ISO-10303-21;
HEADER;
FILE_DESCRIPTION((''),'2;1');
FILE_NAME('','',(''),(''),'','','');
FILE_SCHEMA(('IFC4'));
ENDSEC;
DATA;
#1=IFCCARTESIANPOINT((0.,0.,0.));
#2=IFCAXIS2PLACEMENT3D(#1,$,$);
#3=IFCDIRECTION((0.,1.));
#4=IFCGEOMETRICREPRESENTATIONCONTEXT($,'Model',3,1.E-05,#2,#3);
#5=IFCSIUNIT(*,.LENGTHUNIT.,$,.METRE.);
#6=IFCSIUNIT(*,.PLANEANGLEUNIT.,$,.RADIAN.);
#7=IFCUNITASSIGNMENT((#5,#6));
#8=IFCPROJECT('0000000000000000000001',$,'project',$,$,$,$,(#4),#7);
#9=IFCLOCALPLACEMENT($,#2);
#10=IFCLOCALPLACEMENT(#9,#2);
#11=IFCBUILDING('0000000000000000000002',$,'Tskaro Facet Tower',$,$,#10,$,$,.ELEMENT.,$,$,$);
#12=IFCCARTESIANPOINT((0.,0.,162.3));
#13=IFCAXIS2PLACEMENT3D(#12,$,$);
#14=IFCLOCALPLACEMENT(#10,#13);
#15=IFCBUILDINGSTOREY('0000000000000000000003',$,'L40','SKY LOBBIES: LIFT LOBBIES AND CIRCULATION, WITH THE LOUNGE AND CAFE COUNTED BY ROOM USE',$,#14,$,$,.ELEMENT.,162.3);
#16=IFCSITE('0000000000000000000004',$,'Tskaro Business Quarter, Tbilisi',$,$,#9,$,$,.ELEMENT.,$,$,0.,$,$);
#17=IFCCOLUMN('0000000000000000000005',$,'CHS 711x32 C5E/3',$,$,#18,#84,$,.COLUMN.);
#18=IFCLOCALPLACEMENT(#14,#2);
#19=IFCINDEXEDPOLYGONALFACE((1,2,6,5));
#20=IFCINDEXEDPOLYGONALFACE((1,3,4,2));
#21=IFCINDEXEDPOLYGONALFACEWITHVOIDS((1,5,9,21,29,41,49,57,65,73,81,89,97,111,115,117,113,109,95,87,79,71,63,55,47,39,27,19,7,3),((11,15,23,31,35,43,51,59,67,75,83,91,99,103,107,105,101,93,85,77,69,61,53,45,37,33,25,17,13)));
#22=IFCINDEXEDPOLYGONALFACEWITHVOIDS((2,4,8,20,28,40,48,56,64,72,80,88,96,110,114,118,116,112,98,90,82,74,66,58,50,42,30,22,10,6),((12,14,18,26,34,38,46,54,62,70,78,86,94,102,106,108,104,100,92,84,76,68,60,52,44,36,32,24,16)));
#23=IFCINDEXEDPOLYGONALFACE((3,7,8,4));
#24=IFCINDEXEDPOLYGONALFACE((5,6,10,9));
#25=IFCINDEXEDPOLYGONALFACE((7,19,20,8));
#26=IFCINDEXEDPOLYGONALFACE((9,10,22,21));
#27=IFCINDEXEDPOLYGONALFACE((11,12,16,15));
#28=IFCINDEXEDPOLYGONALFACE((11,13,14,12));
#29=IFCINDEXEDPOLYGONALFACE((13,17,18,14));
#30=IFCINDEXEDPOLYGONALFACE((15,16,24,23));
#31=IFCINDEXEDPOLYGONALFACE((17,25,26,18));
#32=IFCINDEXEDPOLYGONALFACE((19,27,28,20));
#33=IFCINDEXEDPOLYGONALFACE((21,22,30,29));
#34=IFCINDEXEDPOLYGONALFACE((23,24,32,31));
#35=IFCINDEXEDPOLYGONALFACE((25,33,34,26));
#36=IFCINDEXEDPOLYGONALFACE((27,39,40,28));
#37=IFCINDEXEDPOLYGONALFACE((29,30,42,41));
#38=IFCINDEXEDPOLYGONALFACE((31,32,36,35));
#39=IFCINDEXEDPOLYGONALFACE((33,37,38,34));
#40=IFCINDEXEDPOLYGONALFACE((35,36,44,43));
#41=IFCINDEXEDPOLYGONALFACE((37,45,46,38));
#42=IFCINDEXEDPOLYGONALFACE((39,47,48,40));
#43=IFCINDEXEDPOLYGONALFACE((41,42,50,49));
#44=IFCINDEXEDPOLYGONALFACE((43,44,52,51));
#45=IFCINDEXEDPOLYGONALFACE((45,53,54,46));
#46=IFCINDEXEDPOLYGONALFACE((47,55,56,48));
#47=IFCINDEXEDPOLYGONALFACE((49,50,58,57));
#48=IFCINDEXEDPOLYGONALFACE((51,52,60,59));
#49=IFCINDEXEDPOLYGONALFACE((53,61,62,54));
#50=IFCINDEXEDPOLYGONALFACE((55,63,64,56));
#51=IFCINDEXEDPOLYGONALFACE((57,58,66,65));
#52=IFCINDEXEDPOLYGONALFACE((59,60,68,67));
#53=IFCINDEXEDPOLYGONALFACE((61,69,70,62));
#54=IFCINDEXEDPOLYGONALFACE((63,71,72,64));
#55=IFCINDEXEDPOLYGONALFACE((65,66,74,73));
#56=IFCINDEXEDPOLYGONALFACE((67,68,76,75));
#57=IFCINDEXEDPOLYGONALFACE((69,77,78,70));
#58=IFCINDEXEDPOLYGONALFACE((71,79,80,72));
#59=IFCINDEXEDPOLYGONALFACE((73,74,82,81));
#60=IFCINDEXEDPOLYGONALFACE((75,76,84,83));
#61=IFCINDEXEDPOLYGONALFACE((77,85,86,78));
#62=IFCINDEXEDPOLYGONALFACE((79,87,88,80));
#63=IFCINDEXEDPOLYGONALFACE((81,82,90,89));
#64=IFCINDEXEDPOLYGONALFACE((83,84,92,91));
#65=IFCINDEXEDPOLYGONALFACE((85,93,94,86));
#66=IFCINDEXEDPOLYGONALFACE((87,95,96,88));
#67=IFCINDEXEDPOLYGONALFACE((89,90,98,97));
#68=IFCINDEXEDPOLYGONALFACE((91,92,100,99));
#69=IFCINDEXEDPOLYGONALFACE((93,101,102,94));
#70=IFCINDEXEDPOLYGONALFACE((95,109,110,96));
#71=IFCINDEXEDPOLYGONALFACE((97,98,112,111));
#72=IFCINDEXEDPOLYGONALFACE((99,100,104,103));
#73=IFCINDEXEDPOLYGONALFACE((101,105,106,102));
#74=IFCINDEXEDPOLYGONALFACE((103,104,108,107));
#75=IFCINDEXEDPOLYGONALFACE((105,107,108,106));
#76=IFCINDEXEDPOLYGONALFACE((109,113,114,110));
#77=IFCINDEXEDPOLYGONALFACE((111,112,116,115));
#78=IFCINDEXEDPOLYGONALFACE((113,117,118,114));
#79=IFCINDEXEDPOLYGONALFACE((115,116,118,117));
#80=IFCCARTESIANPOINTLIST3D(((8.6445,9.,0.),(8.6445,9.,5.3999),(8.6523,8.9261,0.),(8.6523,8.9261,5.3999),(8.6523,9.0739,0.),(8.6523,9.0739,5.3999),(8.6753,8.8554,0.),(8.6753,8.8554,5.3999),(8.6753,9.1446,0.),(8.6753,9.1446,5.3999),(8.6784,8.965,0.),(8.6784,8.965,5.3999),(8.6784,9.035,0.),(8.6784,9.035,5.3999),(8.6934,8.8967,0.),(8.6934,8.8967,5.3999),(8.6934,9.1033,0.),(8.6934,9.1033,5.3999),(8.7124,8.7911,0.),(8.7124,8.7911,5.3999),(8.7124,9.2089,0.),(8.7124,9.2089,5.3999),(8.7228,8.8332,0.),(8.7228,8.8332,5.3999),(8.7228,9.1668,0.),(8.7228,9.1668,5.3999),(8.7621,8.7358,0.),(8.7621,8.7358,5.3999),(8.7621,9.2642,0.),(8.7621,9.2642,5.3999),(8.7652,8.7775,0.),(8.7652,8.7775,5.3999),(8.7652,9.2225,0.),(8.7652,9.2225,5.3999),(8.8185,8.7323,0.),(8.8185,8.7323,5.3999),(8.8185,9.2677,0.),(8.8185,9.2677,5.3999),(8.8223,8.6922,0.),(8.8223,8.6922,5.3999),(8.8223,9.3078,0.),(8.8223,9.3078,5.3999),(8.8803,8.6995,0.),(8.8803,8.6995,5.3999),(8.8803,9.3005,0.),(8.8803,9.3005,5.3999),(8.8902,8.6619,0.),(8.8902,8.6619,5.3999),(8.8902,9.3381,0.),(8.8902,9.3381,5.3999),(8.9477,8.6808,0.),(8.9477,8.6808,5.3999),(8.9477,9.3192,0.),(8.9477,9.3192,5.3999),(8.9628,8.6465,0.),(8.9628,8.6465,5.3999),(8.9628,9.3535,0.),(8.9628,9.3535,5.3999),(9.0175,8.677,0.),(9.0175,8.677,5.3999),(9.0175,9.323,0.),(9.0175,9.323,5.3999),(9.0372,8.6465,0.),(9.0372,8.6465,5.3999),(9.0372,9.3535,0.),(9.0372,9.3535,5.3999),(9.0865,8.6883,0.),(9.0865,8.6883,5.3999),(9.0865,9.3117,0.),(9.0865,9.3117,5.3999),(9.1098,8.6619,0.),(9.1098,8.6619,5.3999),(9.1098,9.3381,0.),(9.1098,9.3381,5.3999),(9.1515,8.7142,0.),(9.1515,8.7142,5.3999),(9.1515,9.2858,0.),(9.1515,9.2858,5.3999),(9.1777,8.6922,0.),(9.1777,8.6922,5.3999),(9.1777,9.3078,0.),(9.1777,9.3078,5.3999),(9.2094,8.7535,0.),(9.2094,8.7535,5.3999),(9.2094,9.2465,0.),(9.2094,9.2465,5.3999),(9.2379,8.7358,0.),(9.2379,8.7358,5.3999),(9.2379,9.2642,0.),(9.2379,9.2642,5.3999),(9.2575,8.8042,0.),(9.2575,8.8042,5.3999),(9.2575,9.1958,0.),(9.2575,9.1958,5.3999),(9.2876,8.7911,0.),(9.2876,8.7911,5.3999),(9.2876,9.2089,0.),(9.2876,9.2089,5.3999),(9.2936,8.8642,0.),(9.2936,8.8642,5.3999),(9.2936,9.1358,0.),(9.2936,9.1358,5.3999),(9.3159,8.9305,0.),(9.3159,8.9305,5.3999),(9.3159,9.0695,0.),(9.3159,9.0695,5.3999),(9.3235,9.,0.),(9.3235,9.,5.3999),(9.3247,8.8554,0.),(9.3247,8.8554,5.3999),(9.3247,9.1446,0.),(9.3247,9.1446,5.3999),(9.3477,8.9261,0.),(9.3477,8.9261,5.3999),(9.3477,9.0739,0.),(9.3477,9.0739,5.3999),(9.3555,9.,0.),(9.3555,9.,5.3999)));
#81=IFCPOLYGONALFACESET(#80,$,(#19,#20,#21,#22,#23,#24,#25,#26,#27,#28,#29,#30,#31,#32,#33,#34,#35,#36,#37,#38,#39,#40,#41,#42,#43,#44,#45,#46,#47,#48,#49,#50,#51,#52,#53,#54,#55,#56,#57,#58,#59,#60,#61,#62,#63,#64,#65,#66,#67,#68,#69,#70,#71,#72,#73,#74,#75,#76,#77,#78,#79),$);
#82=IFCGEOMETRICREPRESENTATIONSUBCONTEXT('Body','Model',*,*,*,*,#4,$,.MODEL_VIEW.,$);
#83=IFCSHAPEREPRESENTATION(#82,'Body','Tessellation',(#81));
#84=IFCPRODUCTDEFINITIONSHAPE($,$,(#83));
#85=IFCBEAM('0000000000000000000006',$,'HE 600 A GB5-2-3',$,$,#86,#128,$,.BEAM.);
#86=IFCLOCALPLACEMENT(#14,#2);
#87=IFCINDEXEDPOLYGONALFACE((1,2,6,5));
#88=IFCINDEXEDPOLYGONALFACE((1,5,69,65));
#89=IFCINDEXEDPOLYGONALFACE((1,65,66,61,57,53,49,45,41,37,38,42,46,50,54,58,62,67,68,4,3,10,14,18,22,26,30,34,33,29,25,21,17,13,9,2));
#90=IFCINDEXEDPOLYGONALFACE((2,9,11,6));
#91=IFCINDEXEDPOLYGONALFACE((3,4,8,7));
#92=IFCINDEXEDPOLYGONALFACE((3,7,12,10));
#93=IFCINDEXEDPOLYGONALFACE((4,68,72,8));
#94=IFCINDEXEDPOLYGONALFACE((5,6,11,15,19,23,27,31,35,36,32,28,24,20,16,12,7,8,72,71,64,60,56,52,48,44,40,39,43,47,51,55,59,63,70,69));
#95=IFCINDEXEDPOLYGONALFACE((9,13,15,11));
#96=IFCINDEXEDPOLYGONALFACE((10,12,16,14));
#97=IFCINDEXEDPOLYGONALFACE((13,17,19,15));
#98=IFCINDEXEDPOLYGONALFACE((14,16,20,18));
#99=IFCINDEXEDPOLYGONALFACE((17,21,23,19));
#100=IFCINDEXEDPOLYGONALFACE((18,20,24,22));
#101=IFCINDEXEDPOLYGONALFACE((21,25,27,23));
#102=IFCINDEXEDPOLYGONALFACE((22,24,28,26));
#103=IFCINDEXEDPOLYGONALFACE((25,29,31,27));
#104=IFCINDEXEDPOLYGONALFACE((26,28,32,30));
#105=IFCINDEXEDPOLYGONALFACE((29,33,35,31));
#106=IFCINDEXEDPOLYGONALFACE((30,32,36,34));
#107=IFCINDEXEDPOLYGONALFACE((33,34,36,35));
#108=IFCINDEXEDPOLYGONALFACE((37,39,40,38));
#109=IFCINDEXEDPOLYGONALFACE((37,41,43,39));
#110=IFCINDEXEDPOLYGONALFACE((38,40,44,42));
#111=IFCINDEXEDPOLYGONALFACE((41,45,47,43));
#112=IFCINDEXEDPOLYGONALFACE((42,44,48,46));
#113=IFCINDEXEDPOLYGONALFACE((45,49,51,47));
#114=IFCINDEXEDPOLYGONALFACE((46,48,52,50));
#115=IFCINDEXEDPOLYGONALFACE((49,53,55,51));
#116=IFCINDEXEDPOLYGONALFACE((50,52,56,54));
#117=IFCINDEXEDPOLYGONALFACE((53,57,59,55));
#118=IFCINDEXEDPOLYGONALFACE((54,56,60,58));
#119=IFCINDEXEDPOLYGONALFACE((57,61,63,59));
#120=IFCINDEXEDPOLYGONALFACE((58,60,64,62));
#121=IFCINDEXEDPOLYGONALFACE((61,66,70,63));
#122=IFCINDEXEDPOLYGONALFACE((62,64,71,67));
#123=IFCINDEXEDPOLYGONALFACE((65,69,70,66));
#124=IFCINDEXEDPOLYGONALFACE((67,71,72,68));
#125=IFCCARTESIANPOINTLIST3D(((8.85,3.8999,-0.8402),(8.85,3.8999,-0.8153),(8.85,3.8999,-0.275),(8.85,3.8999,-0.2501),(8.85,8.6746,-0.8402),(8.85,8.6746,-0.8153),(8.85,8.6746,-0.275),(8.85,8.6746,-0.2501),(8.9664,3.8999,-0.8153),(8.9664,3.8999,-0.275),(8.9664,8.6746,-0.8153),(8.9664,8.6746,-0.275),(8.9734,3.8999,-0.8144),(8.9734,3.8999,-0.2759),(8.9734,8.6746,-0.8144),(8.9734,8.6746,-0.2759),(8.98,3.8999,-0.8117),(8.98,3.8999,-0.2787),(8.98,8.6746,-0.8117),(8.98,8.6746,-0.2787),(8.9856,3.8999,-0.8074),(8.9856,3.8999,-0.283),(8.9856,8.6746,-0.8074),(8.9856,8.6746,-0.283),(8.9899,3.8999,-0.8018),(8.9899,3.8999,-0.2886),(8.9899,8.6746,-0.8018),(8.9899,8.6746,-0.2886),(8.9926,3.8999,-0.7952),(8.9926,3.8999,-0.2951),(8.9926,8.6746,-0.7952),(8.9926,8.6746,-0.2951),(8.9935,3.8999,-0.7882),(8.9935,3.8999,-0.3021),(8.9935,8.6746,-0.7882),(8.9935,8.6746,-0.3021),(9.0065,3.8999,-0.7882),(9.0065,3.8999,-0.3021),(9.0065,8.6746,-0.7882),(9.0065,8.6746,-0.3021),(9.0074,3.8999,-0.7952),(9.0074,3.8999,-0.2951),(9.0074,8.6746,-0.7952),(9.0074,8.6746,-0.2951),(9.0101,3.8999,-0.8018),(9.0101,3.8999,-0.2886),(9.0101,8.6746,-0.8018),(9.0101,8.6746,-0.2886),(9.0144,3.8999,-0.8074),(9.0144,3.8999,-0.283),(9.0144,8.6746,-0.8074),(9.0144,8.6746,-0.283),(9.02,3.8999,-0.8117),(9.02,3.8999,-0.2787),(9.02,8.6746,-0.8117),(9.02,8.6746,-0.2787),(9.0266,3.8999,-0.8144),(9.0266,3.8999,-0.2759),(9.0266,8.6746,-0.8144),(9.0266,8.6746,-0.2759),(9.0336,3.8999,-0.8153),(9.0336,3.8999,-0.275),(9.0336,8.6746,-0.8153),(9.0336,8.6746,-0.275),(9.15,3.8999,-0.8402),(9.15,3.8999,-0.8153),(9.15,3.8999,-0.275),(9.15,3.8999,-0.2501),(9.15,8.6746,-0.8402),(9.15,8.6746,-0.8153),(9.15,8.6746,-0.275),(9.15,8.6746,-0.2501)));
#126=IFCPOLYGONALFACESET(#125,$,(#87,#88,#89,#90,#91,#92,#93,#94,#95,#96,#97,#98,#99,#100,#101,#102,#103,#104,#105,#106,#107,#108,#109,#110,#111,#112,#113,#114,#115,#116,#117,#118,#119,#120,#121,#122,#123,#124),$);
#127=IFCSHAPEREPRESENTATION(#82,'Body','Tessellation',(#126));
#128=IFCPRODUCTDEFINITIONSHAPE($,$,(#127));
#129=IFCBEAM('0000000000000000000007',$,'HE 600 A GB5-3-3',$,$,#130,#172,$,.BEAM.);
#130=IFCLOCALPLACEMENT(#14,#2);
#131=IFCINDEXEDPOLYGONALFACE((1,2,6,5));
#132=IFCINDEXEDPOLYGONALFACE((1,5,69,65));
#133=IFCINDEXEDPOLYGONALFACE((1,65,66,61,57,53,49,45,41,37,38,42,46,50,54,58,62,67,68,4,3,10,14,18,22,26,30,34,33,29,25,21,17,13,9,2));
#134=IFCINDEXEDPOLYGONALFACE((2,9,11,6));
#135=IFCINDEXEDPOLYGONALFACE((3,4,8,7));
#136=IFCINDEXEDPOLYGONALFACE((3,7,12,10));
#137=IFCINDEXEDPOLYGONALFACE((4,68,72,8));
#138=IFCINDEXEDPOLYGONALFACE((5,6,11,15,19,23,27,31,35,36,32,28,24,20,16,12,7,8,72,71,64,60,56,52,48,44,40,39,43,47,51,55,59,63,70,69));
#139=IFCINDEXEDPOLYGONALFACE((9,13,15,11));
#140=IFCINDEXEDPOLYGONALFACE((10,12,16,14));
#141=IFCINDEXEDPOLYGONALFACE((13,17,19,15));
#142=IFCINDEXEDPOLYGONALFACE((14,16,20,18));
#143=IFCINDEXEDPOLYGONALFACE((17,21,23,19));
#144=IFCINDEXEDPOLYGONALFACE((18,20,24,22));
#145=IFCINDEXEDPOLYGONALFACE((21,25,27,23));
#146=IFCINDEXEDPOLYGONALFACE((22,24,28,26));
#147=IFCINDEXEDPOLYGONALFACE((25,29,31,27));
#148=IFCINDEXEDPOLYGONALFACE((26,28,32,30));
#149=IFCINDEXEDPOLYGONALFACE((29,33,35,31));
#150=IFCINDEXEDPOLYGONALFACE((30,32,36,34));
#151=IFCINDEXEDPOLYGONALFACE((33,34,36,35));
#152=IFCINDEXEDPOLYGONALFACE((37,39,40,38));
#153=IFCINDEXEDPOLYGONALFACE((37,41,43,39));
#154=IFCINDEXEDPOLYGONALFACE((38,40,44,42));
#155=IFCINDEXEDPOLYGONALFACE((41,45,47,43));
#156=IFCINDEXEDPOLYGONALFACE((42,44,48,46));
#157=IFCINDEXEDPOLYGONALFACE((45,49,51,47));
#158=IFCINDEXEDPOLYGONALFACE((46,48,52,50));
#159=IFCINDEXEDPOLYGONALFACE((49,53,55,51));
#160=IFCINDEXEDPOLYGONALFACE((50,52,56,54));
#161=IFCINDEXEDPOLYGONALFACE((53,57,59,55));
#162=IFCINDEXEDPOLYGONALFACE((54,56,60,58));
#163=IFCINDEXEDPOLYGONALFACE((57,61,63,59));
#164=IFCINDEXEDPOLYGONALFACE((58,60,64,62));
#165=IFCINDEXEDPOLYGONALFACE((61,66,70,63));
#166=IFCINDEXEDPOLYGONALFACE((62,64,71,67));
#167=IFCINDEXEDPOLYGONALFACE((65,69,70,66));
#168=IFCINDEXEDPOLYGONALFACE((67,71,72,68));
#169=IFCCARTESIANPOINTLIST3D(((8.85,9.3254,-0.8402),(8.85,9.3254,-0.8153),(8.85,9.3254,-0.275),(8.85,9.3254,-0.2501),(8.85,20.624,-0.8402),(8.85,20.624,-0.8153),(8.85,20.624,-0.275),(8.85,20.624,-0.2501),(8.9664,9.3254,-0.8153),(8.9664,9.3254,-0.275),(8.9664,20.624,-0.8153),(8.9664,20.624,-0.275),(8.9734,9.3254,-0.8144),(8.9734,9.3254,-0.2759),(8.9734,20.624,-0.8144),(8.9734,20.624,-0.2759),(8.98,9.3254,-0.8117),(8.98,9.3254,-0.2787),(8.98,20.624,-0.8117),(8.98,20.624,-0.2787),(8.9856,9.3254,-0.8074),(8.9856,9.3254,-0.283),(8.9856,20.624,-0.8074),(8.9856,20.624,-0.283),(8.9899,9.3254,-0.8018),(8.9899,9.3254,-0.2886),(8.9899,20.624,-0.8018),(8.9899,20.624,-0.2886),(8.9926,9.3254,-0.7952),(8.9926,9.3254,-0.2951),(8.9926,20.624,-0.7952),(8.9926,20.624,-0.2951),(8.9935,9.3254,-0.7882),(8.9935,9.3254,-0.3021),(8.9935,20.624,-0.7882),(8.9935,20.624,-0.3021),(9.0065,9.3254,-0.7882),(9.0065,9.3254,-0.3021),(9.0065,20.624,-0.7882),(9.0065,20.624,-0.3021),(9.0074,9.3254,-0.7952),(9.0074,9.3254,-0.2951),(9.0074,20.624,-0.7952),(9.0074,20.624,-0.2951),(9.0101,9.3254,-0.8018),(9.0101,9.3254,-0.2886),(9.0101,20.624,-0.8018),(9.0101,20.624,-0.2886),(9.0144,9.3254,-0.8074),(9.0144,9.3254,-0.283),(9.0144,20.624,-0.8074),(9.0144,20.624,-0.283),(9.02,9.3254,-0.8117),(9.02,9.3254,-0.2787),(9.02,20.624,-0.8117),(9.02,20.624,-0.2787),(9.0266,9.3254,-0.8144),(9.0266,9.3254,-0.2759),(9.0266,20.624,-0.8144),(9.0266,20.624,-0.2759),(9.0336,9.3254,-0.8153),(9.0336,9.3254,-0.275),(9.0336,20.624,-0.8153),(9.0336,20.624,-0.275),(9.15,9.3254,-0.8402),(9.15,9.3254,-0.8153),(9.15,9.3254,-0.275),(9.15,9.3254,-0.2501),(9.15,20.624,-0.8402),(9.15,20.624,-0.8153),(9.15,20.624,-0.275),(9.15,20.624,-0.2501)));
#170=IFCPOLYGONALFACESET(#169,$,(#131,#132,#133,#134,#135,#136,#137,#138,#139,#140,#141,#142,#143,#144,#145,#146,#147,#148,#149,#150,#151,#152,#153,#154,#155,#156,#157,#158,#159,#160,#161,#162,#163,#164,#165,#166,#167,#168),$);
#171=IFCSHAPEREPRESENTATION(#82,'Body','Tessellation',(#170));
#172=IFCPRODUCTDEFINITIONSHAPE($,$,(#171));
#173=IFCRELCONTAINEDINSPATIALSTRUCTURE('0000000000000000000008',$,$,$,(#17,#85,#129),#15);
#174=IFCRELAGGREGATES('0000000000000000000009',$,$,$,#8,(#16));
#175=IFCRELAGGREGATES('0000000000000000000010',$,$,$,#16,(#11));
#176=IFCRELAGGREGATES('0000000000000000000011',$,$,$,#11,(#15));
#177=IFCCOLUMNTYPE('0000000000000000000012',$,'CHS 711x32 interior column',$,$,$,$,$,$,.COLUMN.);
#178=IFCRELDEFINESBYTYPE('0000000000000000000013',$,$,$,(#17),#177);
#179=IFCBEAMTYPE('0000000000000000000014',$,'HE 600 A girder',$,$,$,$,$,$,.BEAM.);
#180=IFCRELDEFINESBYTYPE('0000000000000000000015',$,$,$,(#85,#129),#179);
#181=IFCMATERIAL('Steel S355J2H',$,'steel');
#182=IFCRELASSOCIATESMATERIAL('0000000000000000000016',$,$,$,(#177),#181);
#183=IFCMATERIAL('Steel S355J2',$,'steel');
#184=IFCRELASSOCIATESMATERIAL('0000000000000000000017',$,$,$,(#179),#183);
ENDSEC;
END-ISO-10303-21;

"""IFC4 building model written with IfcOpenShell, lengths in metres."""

from ifc_helpers import new_model, si_unit, direction, frame, origin, origin_2d, place, context, subcontext, project, spatial, hollow_circle, i_section, extrude, material, material_profile, profile_set, type_object, element, save


model = new_model("IFC4")

# Units and contexts
model_context = context("Model", 3, precision=1e-05, world=origin(), true_north=direction((0.0, 1.0)))
body_context = subcontext(model_context, "Body", "Model", "MODEL_VIEW")
ifc_project = project(units=[si_unit("LENGTHUNIT", "METRE"), si_unit("PLANEANGLEUNIT", "RADIAN")], contexts=[model_context])

# Site, building, storey
site_placement = place(None, origin())
site = spatial("IfcSite", under=ifc_project, at=site_placement, Name="Tskaro Business Quarter, Tbilisi", CompositionType="ELEMENT", RefElevation=0.0)
building_placement = place(site_placement, origin())
building = spatial("IfcBuilding", under=site, at=building_placement, Name="Tskaro Facet Tower", CompositionType="ELEMENT")
storey_placement = place(building_placement, frame((0.0, 0.0, 162.3)))
storey = spatial("IfcBuildingStorey", under=building, at=storey_placement, Name="L40", Description="SKY LOBBIES: LIFT LOBBIES AND CIRCULATION, WITH THE LOUNGE AND CAFE COUNTED BY ROOM USE", CompositionType="ELEMENT", Elevation=162.3)

# Column
ifc_material_1 = material(Name="Steel S355J2H", Category="steel")
ifc_material_profile_1 = material_profile(ifc_material_1, hollow_circle(Radius=0.3555, WallThickness=0.032, at=origin_2d()), Name="CHS 711x32")
ifc_profile_set_1 = profile_set([ifc_material_profile_1], Name="Steel S355J2H")
column_type = type_object("IfcColumnType", Name="CHS 711x32 interior column", PredefinedType="COLUMN", material=ifc_profile_set_1)
column_placement = place(storey_placement, frame((9.0, 9.0, 0.0), z_axis=(0.0, 0.0, 1.0), x_axis=(1.0, 0.0, 0.0)))
element("IfcColumn", 1, at=column_placement, inside=storey, type_object=column_type, Name="CHS 711x32 C5E/3", PredefinedType="COLUMN", context=body_context, shape_type="SweptSolid", body=[
    extrude(hollow_circle(Radius=0.3555, WallThickness=0.032, at=origin_2d()), origin(), (0.0, 0.0, 1.0), 5.3999),
])

# Beams
ifc_material_2 = material(Name="Steel S355J2", Category="steel")
ifc_material_profile_2 = material_profile(ifc_material_2, i_section(OverallWidth=0.3, OverallDepth=0.5901, WebThickness=0.0129, FlangeThickness=0.0249, FilletRadius=0.0271, at=origin_2d()), Name="HE 600 A")
ifc_profile_set_2 = profile_set([ifc_material_profile_2], Name="Steel S355J2")
beam_type_1 = type_object("IfcBeamType", Name="HE 600 A girder", PredefinedType="BEAM", material=ifc_profile_set_2)
beam_1_placement = place(storey_placement, frame((9.0, 3.8999, -0.5452), z_axis=(0.0, 1.0, 0.0), x_axis=(-1.0, 0.0, 0.0)))
element("IfcBeam", 2, at=beam_1_placement, inside=storey, type_object=beam_type_1, Name="HE 600 A GB5-2-3", PredefinedType="BEAM", context=body_context, shape_type="SweptSolid", body=[
    extrude(i_section(OverallWidth=0.3, OverallDepth=0.5901, WebThickness=0.0129, FlangeThickness=0.0249, FilletRadius=0.0271, at=origin_2d()), origin(), (0.0, 0.0, 1.0), 4.7747),
])
beam_2_placement = place(storey_placement, frame((9.0, 9.3254, -0.5452), z_axis=(0.0, 1.0, 0.0), x_axis=(-1.0, 0.0, 0.0)))
element("IfcBeam", 3, at=beam_2_placement, inside=storey, type_object=beam_type_1, Name="HE 600 A GB5-3-3", PredefinedType="BEAM", context=body_context, shape_type="SweptSolid", body=[
    extrude(i_section(OverallWidth=0.3, OverallDepth=0.5901, WebThickness=0.0129, FlangeThickness=0.0249, FilletRadius=0.0271, at=origin_2d()), origin(), (0.0, 0.0, 1.0), 11.2986),
])

save(model, "model.ifc")
